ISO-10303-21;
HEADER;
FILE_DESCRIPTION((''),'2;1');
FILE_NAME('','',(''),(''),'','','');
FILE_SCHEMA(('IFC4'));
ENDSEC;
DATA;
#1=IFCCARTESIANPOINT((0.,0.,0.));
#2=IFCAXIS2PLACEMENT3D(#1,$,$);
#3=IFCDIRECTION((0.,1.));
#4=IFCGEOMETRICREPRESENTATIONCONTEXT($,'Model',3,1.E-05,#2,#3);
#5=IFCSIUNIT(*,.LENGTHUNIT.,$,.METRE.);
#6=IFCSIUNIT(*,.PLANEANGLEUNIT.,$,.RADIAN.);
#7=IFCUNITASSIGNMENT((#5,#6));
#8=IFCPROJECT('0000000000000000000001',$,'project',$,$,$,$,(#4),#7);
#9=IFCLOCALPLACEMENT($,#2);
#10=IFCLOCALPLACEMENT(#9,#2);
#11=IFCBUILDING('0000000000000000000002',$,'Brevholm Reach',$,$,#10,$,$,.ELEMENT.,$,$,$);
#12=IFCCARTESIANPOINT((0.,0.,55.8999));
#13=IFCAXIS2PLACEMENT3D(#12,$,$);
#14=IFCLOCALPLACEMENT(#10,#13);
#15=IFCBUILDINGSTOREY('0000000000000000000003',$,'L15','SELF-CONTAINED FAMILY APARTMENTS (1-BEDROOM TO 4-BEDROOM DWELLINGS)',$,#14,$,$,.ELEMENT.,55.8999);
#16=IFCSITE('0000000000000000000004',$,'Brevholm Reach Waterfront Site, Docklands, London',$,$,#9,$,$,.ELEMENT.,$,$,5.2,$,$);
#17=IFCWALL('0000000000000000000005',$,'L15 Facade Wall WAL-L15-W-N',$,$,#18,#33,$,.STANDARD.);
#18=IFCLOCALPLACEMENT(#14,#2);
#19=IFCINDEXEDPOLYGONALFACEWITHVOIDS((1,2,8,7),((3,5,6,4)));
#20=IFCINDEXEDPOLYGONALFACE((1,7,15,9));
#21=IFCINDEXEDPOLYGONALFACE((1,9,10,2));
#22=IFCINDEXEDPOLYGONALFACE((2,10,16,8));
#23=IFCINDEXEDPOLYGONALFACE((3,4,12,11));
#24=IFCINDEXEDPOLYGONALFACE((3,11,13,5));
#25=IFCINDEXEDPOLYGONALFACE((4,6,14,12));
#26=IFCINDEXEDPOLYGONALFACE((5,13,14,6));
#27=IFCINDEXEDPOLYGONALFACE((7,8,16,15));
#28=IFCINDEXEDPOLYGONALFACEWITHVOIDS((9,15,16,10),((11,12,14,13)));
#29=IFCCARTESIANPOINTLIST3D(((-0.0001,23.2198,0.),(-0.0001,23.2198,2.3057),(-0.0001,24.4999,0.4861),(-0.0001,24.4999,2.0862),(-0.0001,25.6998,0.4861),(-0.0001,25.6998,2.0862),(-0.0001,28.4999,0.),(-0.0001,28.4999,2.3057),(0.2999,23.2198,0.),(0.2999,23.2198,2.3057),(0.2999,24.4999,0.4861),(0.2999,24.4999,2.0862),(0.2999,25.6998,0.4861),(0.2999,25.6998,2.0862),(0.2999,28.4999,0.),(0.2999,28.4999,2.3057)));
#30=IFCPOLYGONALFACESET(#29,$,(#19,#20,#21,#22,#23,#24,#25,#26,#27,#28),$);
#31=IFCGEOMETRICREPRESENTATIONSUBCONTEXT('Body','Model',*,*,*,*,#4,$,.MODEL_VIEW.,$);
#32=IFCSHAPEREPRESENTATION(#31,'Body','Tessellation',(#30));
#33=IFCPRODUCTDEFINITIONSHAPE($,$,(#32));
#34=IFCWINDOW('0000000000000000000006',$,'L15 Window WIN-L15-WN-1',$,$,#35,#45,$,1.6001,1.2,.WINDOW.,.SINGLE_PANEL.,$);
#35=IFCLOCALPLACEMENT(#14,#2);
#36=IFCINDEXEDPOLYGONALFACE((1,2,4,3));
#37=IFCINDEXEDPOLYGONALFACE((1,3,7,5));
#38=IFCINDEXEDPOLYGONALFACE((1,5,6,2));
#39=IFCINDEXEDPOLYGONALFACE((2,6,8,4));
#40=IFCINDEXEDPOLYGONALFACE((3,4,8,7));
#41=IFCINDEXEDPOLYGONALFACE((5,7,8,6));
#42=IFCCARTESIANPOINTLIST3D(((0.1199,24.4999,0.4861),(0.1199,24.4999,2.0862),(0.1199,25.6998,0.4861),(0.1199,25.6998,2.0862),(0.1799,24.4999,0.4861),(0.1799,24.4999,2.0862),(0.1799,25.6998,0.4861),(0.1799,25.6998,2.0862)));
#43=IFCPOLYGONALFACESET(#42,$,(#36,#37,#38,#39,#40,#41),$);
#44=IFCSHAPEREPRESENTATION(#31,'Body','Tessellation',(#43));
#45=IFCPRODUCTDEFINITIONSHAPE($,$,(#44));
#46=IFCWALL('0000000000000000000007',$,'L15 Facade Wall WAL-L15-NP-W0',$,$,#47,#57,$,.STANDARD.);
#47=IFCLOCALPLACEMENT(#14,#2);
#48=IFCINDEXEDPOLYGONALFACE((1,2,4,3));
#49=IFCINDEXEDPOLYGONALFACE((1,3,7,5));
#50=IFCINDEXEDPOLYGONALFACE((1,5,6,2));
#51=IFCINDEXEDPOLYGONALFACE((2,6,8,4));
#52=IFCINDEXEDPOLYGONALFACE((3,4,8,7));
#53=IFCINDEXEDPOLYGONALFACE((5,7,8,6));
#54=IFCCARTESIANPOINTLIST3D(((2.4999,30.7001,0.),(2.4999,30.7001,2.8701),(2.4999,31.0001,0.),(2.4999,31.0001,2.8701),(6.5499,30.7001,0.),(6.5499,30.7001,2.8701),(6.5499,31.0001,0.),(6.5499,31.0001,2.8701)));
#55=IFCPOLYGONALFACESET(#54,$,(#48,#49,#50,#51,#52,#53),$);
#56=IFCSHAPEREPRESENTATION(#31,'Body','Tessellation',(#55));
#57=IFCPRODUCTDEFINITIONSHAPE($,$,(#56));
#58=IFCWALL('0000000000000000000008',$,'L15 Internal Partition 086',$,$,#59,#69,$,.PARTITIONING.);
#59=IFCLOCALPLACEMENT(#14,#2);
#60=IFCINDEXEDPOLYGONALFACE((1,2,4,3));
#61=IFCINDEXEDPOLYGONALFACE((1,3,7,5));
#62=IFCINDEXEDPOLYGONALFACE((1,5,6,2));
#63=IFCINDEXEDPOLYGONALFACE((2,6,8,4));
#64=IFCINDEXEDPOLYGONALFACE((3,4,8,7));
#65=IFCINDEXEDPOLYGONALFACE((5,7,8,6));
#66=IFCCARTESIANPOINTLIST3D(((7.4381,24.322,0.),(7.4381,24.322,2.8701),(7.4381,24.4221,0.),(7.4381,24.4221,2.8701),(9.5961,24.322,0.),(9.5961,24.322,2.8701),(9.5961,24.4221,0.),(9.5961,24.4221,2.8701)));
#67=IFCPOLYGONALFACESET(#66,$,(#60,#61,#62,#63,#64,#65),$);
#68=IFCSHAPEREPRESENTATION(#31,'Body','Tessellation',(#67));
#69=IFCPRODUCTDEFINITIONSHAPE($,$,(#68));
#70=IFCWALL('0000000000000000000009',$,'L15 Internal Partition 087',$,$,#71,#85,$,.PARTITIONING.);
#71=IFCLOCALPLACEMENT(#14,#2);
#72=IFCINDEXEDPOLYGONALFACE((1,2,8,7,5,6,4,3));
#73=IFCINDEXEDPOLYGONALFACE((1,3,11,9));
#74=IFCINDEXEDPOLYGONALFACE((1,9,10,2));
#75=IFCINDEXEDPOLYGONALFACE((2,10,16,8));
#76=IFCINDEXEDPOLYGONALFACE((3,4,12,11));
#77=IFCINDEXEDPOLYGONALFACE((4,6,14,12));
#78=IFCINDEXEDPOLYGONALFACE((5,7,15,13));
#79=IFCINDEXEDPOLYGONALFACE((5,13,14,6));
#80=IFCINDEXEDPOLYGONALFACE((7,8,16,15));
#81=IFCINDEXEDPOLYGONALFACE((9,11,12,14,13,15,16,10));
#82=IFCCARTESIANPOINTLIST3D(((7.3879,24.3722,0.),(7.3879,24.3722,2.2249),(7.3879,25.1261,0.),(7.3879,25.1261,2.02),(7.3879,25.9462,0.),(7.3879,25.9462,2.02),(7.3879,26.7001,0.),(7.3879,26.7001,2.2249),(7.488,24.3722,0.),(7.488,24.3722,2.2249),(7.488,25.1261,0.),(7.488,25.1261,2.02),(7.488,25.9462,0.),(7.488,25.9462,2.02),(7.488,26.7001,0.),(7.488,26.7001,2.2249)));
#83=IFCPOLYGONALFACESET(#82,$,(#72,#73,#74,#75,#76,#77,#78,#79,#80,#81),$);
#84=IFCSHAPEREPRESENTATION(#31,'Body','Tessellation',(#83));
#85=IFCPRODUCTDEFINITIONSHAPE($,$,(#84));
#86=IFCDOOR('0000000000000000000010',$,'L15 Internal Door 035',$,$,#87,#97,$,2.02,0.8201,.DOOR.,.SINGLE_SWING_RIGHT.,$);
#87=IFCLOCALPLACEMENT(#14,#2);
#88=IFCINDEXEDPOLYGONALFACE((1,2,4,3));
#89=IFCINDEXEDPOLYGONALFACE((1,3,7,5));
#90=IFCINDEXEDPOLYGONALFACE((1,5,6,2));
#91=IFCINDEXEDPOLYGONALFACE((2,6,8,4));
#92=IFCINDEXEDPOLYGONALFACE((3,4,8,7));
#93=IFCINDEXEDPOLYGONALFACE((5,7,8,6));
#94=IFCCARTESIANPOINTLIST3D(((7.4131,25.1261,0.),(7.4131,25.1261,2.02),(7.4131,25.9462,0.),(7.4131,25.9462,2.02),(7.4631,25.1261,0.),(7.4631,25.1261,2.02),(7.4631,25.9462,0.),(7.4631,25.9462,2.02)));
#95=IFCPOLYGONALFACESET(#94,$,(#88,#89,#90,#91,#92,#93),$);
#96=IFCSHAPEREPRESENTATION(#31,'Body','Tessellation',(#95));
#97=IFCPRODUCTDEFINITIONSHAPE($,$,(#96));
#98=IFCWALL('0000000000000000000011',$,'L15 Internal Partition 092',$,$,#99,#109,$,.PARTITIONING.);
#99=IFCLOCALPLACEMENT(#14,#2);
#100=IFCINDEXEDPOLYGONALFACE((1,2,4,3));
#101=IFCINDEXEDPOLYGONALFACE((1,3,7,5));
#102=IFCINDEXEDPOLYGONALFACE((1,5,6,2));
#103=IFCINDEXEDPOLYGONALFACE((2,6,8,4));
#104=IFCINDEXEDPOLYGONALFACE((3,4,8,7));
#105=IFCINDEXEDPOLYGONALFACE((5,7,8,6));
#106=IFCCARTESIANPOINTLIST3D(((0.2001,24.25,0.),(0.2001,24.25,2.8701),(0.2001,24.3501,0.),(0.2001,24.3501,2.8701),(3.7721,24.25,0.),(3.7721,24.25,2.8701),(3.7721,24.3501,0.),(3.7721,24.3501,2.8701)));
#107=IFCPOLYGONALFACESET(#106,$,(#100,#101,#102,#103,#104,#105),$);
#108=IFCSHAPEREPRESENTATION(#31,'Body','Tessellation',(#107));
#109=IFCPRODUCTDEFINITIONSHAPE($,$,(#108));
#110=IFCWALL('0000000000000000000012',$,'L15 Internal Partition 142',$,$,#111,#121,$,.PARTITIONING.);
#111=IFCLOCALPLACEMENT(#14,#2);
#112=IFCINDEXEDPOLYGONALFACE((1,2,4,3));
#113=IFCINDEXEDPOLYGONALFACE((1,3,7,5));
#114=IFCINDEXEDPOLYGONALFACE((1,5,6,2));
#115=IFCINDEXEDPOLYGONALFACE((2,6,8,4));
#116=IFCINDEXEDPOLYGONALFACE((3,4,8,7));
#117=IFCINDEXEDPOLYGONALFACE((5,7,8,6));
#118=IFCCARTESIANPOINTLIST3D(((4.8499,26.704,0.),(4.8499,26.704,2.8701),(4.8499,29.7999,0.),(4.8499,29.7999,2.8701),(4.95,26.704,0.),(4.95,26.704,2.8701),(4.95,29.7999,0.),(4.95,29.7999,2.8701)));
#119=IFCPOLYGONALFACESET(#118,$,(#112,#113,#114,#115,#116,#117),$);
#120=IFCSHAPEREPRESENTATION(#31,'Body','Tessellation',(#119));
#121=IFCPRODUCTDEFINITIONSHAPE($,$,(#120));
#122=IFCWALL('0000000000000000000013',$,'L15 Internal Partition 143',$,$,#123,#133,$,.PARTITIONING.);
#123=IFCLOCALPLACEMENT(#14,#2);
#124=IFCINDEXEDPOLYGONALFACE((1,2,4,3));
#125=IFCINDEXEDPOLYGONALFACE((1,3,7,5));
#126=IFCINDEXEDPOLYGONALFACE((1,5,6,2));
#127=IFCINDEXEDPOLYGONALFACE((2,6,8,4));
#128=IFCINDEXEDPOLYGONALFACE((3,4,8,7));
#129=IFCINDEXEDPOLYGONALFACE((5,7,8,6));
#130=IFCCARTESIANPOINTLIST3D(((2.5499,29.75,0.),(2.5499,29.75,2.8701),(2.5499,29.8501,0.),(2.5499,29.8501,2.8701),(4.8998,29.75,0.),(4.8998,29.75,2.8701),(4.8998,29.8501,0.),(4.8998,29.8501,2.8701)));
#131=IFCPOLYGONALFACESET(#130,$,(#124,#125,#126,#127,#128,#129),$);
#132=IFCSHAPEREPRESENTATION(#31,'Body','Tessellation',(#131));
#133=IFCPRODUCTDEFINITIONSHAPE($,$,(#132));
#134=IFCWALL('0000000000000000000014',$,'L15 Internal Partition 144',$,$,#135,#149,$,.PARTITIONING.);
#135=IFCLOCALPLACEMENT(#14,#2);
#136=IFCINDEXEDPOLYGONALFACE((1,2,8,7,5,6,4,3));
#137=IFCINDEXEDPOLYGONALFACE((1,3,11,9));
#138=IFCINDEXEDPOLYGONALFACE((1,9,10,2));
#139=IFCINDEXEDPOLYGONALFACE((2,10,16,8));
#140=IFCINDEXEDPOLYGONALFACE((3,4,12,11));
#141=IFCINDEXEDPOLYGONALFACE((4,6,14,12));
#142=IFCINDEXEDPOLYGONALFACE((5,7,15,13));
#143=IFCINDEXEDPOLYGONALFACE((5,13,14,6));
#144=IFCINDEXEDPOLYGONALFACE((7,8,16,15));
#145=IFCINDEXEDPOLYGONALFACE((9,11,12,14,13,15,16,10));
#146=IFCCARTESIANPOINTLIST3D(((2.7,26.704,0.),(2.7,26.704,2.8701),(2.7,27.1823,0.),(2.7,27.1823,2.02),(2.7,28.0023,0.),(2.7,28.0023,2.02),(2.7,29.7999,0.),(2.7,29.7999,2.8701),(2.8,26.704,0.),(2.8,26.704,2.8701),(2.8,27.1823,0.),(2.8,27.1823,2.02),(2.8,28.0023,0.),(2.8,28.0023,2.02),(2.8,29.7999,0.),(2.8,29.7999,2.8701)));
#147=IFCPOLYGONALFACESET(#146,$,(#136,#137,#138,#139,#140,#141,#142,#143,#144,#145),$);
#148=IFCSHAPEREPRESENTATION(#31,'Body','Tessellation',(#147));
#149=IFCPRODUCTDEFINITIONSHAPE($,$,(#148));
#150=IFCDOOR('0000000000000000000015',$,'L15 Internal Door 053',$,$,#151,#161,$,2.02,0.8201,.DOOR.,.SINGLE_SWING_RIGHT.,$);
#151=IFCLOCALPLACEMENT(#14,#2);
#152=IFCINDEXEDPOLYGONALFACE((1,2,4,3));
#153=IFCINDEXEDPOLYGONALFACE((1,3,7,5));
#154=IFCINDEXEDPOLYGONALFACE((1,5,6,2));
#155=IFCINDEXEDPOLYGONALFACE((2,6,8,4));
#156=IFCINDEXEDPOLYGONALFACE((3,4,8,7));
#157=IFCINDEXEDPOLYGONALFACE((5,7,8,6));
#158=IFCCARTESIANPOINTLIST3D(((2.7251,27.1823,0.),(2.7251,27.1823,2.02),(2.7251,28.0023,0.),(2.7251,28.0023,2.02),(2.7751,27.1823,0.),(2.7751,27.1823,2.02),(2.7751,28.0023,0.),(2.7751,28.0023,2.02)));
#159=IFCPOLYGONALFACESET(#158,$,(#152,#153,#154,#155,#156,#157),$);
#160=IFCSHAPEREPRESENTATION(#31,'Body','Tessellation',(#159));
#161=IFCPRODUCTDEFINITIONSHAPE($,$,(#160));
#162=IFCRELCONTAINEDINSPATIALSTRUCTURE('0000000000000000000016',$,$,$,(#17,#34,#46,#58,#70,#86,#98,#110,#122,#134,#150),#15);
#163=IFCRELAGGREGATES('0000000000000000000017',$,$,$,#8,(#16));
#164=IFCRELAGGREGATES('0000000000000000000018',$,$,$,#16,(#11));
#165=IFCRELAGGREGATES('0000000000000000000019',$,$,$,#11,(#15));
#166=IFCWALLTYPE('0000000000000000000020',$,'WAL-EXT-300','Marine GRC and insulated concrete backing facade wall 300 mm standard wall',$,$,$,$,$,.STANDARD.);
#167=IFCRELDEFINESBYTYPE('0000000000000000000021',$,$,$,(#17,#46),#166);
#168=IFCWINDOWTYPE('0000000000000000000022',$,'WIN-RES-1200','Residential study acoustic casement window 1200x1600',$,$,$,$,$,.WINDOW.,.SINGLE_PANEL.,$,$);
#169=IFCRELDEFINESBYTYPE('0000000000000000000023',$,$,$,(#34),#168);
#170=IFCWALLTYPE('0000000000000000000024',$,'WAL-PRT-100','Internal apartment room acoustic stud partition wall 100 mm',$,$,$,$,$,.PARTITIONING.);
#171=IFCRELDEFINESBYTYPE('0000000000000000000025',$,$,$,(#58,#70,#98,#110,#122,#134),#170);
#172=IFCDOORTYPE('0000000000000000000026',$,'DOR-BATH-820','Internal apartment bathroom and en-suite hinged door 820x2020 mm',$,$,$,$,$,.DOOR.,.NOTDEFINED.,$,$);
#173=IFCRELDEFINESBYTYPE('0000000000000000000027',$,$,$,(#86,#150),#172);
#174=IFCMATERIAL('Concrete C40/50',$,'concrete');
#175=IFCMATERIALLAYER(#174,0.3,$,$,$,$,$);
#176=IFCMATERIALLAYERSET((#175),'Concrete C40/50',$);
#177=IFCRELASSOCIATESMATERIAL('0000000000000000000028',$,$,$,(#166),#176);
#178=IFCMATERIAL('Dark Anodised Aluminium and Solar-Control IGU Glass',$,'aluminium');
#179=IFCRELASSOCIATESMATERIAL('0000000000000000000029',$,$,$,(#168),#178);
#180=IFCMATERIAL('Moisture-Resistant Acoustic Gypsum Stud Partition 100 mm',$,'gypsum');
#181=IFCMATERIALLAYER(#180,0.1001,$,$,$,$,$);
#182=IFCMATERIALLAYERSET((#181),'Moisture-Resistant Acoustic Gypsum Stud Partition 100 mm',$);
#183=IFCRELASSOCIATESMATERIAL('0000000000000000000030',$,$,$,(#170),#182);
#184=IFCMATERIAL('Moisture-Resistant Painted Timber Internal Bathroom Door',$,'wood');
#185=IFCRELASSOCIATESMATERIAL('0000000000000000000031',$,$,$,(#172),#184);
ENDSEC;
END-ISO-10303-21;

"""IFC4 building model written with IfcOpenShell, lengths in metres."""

from ifc_helpers import new_model, si_unit, direction, frame, frame_2d, origin, place, context, subcontext, project, spatial, rectangle, extrude, material, layer, layer_set, type_object, element, fill, save


model = new_model("IFC4")

# Units and contexts
model_context = context("Model", 3, precision=1e-05, world=origin(), true_north=direction((0.0, 1.0)))
body_context = subcontext(model_context, "Body", "Model", "MODEL_VIEW")
ifc_project = project(units=[si_unit("LENGTHUNIT", "METRE"), si_unit("PLANEANGLEUNIT", "RADIAN")], contexts=[model_context])

# Site, building, storey
site_placement = place(None, origin())
site = spatial("IfcSite", under=ifc_project, at=site_placement, Name="Brevholm Reach Waterfront Site, Docklands, London", CompositionType="ELEMENT", RefElevation=5.2)
building_placement = place(site_placement, origin())
building = spatial("IfcBuilding", under=site, at=building_placement, Name="Brevholm Reach", CompositionType="ELEMENT")
storey_placement = place(building_placement, frame((0.0, 0.0, 55.8999)))
storey = spatial("IfcBuildingStorey", under=building, at=storey_placement, Name="L15", Description="SELF-CONTAINED FAMILY APARTMENTS (1-BEDROOM TO 4-BEDROOM DWELLINGS)", CompositionType="ELEMENT", Elevation=55.8999)

# Shared definitions
ifc_material_1 = material(Name="Concrete C40/50", Category="concrete")
ifc_layer_1 = layer(ifc_material_1, 0.3)
ifc_layer_set_1 = layer_set([ifc_layer_1], Name="Concrete C40/50")
wall_type_1 = type_object("IfcWallType", Name="WAL-EXT-300", Description="Marine GRC and insulated concrete backing facade wall 300 mm standard wall", PredefinedType="STANDARD", material=ifc_layer_set_1)

# Wall, opening, window
wall_1_placement = place(storey_placement, frame((0.1499, 28.5, 0.0), z_axis=(0.0, 0.0, 1.0), x_axis=(0.0, -1.0, 0.0)))
wall_1 = element("IfcWall", 1, at=wall_1_placement, inside=storey, type_object=wall_type_1, Name="L15 Facade Wall WAL-L15-W-N", PredefinedType="STANDARD", context=body_context, shape_type="SweptSolid", body=[
    extrude(rectangle(XDim=5.28, YDim=0.3, at=frame_2d((2.6401, 0.0))), origin(), (0.0, 0.0, 1.0), 2.3057),
])
opening_1_placement = place(wall_1_placement, frame((2.8, 0.0, 0.4861)))
opening_1 = element("IfcOpeningElement", 2, at=opening_1_placement, cuts=wall_1, PredefinedType="OPENING", context=body_context, shape_type="SweptSolid", body=[
    extrude(rectangle(XDim=1.2, YDim=1.6001, at=frame_2d((0.6001, 0.8))), frame((0.0, 0.1599, 0.0), z_axis=(0.0, -1.0, 0.0), x_axis=(1.0, 0.0, 0.0)), (0.0, 0.0, 1.0), 0.3201),
])
ifc_material_2 = material(Name="Dark Anodised Aluminium and Solar-Control IGU Glass", Category="aluminium")
window_type = type_object("IfcWindowType", Name="WIN-RES-1200", Description="Residential study acoustic casement window 1200x1600", PartitioningType="SINGLE_PANEL", PredefinedType="WINDOW", material=ifc_material_2)
window_placement = place(opening_1_placement, origin())
window = element("IfcWindow", 3, at=window_placement, inside=storey, type_object=window_type, Name="L15 Window WIN-L15-WN-1", OverallHeight=1.6001, OverallWidth=1.2, PartitioningType="SINGLE_PANEL", PredefinedType="WINDOW", context=body_context, shape_type="SweptSolid", body=[
    extrude(rectangle(XDim=1.2, YDim=1.6001, at=frame_2d((0.6001, 0.8))), frame((0.0, 0.03, 0.0), z_axis=(0.0, -1.0, 0.0), x_axis=(1.0, 0.0, 0.0)), (0.0, 0.0, 1.0), 0.0601),
])
fill(opening_1, window)

# Walls
wall_2_placement = place(storey_placement, frame((2.5, 30.8501, 0.0), z_axis=(0.0, 0.0, 1.0), x_axis=(1.0, 0.0, 0.0)))
element("IfcWall", 4, at=wall_2_placement, inside=storey, type_object=wall_type_1, Name="L15 Facade Wall WAL-L15-NP-W0", PredefinedType="STANDARD", context=body_context, shape_type="SweptSolid", body=[
    extrude(rectangle(XDim=4.05, YDim=0.3, at=frame_2d((2.0249, 0.0))), origin(), (0.0, 0.0, 1.0), 2.8701),
])
ifc_material_3 = material(Name="Moisture-Resistant Acoustic Gypsum Stud Partition 100 mm", Category="gypsum")
ifc_layer_2 = layer(ifc_material_3, 0.1001)
ifc_layer_set_2 = layer_set([ifc_layer_2], Name="Moisture-Resistant Acoustic Gypsum Stud Partition 100 mm")
wall_type_2 = type_object("IfcWallType", Name="WAL-PRT-100", Description="Internal apartment room acoustic stud partition wall 100 mm", PredefinedType="PARTITIONING", material=ifc_layer_set_2)
wall_3_placement = place(storey_placement, frame((7.438, 24.3721, 0.0), z_axis=(0.0, 0.0, 1.0), x_axis=(1.0, 0.0, 0.0)))
element("IfcWall", 5, at=wall_3_placement, inside=storey, type_object=wall_type_2, Name="L15 Internal Partition 086", PredefinedType="PARTITIONING", context=body_context, shape_type="SweptSolid", body=[
    extrude(rectangle(XDim=2.158, YDim=0.1001, at=frame_2d((1.0791, 0.0))), origin(), (0.0, 0.0, 1.0), 2.8701),
])

# Wall, opening, door
wall_4_placement = place(storey_placement, frame((7.438, 24.3721, 0.0), z_axis=(0.0, 0.0, 1.0), x_axis=(0.0, 1.0, 0.0)))
wall_4 = element("IfcWall", 6, at=wall_4_placement, inside=storey, type_object=wall_type_2, Name="L15 Internal Partition 087", PredefinedType="PARTITIONING", context=body_context, shape_type="SweptSolid", body=[
    extrude(rectangle(XDim=2.3279, YDim=0.1001, at=frame_2d((1.1641, 0.0))), origin(), (0.0, 0.0, 1.0), 2.2249),
])
opening_2_placement = place(wall_4_placement, frame((0.7539, 0.0, 0.0)))
opening_2 = element("IfcOpeningElement", 7, at=opening_2_placement, cuts=wall_4, PredefinedType="OPENING", context=body_context, shape_type="SweptSolid", body=[
    extrude(rectangle(XDim=0.8201, YDim=2.02, at=frame_2d((0.4102, 1.01))), frame((0.0, 0.0601, 0.0), z_axis=(0.0, -1.0, 0.0), x_axis=(1.0, 0.0, 0.0)), (0.0, 0.0, 1.0), 0.1201),
])
ifc_material_4 = material(Name="Moisture-Resistant Painted Timber Internal Bathroom Door", Category="wood")
door_type_1 = type_object("IfcDoorType", Name="DOR-BATH-820", Description="Internal apartment bathroom and en-suite hinged door 820x2020 mm", OperationType="NOTDEFINED", PredefinedType="DOOR", material=ifc_material_4)
door_1_placement = place(opening_2_placement, origin())
door_1 = element("IfcDoor", 8, at=door_1_placement, inside=storey, type_object=door_type_1, Name="L15 Internal Door 035", OperationType="SINGLE_SWING_RIGHT", OverallHeight=2.02, OverallWidth=0.8201, PredefinedType="DOOR", context=body_context, shape_type="SweptSolid", body=[
    extrude(rectangle(XDim=0.8201, YDim=2.02, at=frame_2d((0.4102, 1.01))), frame((0.0, 0.0249, 0.0), z_axis=(0.0, -1.0, 0.0), x_axis=(1.0, 0.0, 0.0)), (0.0, 0.0, 1.0), 0.05),
])
fill(opening_2, door_1)

# Walls
wall_5_placement = place(storey_placement, frame((0.2, 24.3, 0.0), z_axis=(0.0, 0.0, 1.0), x_axis=(1.0, 0.0, 0.0)))
element("IfcWall", 9, at=wall_5_placement, inside=storey, type_object=wall_type_2, Name="L15 Internal Partition 092", PredefinedType="PARTITIONING", context=body_context, shape_type="SweptSolid", body=[
    extrude(rectangle(XDim=3.572, YDim=0.1001, at=frame_2d((1.7861, 0.0))), origin(), (0.0, 0.0, 1.0), 2.8701),
])
wall_6_placement = place(storey_placement, frame((4.8999, 26.7041, 0.0), z_axis=(0.0, 0.0, 1.0), x_axis=(0.0, 1.0, 0.0)))
element("IfcWall", 10, at=wall_6_placement, inside=storey, type_object=wall_type_2, Name="L15 Internal Partition 142", PredefinedType="PARTITIONING", context=body_context, shape_type="SweptSolid", body=[
    extrude(rectangle(XDim=3.0959, YDim=0.1001, at=frame_2d((1.5479, 0.0))), origin(), (0.0, 0.0, 1.0), 2.8701),
])
wall_7_placement = place(storey_placement, frame((2.55, 29.8, 0.0), z_axis=(0.0, 0.0, 1.0), x_axis=(1.0, 0.0, 0.0)))
element("IfcWall", 11, at=wall_7_placement, inside=storey, type_object=wall_type_2, Name="L15 Internal Partition 143", PredefinedType="PARTITIONING", context=body_context, shape_type="SweptSolid", body=[
    extrude(rectangle(XDim=2.3499, YDim=0.1001, at=frame_2d((1.1748, 0.0))), origin(), (0.0, 0.0, 1.0), 2.8701),
])

# Wall, opening, door
wall_8_placement = place(storey_placement, frame((2.75, 26.7041, 0.0), z_axis=(0.0, 0.0, 1.0), x_axis=(0.0, 1.0, 0.0)))
wall_8 = element("IfcWall", 12, at=wall_8_placement, inside=storey, type_object=wall_type_2, Name="L15 Internal Partition 144", PredefinedType="PARTITIONING", context=body_context, shape_type="SweptSolid", body=[
    extrude(rectangle(XDim=3.0959, YDim=0.1001, at=frame_2d((1.5479, 0.0))), origin(), (0.0, 0.0, 1.0), 2.8701),
])
opening_3_placement = place(wall_8_placement, frame((0.478, 0.0, 0.0)))
opening_3 = element("IfcOpeningElement", 13, at=opening_3_placement, cuts=wall_8, PredefinedType="OPENING", context=body_context, shape_type="SweptSolid", body=[
    extrude(rectangle(XDim=0.8201, YDim=2.02, at=frame_2d((0.4102, 1.01))), frame((0.0, 0.0601, 0.0), z_axis=(0.0, -1.0, 0.0), x_axis=(1.0, 0.0, 0.0)), (0.0, 0.0, 1.0), 0.1201),
])
door_2_placement = place(opening_3_placement, origin())
door_2 = element("IfcDoor", 14, at=door_2_placement, inside=storey, type_object=door_type_1, Name="L15 Internal Door 053", OperationType="SINGLE_SWING_RIGHT", OverallHeight=2.02, OverallWidth=0.8201, PredefinedType="DOOR", context=body_context, shape_type="SweptSolid", body=[
    extrude(rectangle(XDim=0.8201, YDim=2.02, at=frame_2d((0.4102, 1.01))), frame((0.0, 0.0249, 0.0), z_axis=(0.0, -1.0, 0.0), x_axis=(1.0, 0.0, 0.0)), (0.0, 0.0, 1.0), 0.05),
])
fill(opening_3, door_2)

save(model, "model.ifc")
